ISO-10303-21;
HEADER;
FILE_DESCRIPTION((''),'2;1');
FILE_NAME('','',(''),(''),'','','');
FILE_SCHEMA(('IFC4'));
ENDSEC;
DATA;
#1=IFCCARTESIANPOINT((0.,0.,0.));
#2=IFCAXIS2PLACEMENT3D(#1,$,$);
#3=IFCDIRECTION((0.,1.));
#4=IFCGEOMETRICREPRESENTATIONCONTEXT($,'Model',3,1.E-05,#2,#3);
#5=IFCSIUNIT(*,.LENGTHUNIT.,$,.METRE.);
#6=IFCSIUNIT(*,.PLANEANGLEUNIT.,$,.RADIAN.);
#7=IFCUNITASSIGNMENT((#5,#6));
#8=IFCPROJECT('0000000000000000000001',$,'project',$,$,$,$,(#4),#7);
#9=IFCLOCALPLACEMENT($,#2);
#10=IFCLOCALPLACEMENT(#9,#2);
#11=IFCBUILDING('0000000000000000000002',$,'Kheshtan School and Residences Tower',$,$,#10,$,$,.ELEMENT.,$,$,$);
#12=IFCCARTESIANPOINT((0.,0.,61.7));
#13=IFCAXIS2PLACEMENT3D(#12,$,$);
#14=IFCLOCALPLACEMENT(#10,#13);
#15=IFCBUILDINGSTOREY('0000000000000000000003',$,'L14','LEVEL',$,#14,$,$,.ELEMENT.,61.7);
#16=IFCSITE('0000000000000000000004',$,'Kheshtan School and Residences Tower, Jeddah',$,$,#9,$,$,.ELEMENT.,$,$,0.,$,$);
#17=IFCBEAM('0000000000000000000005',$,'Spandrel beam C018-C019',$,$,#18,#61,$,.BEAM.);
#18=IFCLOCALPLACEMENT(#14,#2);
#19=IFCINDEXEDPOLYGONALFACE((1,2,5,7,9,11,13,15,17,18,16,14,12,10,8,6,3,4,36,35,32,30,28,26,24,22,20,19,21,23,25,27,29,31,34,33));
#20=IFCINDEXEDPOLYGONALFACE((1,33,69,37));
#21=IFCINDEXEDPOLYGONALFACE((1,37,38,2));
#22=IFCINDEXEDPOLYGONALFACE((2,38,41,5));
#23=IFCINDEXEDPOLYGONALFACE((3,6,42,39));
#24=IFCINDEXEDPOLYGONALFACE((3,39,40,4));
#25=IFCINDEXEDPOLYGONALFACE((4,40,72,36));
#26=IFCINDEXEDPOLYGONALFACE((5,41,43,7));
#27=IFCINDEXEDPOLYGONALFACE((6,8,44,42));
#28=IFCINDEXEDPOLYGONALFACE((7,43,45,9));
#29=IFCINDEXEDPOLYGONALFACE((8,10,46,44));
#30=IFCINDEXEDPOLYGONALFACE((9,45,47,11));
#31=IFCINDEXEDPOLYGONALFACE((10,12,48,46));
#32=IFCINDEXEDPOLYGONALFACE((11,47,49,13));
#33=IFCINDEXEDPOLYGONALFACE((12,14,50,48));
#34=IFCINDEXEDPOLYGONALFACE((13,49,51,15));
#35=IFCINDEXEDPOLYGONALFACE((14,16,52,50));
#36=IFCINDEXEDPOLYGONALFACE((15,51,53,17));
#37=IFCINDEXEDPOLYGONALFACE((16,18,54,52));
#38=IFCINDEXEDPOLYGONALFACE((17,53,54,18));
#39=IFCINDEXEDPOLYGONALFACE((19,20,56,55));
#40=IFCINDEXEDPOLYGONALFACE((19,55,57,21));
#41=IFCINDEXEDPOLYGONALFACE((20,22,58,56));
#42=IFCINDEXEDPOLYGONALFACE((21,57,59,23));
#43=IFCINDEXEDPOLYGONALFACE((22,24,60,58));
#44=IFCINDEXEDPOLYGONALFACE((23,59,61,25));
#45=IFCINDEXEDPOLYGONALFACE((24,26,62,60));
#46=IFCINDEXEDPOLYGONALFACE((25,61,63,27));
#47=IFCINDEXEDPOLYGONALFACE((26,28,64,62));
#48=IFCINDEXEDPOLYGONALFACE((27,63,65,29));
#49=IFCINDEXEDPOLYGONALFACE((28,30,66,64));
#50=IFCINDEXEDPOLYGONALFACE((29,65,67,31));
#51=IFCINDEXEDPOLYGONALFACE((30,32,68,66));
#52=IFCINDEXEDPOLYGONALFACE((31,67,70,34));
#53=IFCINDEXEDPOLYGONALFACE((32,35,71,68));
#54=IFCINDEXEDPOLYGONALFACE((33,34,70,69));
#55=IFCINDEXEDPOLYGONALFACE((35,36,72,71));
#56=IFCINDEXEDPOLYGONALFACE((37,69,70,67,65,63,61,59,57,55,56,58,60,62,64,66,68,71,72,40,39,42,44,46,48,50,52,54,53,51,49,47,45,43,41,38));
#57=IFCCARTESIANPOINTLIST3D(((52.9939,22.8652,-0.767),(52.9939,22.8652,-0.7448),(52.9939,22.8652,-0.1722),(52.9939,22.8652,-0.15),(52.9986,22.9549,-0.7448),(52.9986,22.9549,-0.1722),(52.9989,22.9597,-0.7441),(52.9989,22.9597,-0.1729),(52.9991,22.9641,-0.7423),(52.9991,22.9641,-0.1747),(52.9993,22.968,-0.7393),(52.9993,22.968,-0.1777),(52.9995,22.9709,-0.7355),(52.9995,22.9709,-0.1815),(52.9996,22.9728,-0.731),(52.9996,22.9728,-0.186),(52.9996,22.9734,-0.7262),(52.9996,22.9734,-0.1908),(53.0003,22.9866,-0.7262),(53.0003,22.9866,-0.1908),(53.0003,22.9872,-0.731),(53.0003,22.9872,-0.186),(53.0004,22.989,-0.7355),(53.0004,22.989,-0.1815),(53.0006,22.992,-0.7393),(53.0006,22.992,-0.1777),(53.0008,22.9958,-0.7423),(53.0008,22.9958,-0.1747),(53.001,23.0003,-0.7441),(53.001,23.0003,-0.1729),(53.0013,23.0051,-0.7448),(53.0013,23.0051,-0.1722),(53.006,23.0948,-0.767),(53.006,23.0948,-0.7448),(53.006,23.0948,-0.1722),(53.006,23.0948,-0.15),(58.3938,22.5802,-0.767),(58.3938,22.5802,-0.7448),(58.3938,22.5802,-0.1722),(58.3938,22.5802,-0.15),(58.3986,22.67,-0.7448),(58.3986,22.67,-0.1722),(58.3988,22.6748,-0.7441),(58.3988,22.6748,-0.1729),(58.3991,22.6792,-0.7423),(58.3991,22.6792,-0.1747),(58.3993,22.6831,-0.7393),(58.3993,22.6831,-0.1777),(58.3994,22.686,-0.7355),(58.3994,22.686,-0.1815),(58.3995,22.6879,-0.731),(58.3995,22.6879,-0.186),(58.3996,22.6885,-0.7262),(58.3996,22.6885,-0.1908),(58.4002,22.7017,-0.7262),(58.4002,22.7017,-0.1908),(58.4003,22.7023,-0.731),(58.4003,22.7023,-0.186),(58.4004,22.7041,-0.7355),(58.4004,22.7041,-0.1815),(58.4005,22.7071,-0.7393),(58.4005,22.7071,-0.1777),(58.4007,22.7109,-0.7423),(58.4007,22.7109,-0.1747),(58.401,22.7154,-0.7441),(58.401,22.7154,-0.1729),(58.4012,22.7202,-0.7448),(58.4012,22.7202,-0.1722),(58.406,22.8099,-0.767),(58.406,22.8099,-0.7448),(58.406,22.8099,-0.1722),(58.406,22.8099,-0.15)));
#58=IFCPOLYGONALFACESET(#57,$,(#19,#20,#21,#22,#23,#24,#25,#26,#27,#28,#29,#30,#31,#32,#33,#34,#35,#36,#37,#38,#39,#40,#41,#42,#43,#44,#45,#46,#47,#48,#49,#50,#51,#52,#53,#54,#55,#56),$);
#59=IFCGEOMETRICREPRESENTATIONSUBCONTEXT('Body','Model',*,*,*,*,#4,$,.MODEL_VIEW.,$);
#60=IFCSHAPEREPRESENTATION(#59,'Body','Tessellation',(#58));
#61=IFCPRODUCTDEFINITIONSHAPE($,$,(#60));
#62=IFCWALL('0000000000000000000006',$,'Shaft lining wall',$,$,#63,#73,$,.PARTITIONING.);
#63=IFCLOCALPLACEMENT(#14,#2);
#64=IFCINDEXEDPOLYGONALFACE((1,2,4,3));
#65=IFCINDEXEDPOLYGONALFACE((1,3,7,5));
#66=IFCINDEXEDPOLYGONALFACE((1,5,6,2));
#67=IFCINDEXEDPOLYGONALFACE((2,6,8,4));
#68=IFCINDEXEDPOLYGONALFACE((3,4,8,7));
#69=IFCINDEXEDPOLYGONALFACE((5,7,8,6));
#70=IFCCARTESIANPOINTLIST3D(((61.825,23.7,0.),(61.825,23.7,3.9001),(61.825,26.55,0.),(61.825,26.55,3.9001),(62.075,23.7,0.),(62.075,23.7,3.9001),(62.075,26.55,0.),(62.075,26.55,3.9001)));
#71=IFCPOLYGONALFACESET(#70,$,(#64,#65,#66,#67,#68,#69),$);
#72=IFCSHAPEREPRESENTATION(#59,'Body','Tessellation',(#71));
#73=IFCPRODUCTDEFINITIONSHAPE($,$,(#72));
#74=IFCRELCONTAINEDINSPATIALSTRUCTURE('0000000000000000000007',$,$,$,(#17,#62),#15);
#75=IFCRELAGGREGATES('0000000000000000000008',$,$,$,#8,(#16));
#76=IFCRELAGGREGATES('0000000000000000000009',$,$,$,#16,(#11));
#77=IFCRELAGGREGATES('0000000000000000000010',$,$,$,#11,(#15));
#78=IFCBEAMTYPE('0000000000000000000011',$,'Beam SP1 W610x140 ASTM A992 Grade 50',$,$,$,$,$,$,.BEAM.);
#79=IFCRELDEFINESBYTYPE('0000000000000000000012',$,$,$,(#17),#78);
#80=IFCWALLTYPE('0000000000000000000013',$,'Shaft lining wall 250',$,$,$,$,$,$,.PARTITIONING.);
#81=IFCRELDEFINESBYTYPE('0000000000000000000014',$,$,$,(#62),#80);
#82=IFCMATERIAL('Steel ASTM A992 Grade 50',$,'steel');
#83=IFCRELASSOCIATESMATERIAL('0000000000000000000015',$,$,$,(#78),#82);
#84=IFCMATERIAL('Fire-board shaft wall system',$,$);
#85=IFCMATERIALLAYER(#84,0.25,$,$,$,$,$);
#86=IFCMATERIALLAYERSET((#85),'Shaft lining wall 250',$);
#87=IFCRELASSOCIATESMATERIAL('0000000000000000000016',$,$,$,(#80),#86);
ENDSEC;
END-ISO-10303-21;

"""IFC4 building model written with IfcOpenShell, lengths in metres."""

from ifc_helpers import new_model, si_unit, direction, frame, frame_2d, origin, origin_2d, place, context, subcontext, project, spatial, rectangle, i_section, extrude, material, layer, layer_set, material_profile, profile_set, type_object, element, save


model = new_model("IFC4")

# Units and contexts
model_context = context("Model", 3, precision=1e-05, world=origin(), true_north=direction((0.0, 1.0)))
body_context = subcontext(model_context, "Body", "Model", "MODEL_VIEW")
ifc_project = project(units=[si_unit("LENGTHUNIT", "METRE"), si_unit("PLANEANGLEUNIT", "RADIAN")], contexts=[model_context])

# Site, building, storey
site_placement = place(None, origin())
site = spatial("IfcSite", under=ifc_project, at=site_placement, Name="Kheshtan School and Residences Tower, Jeddah", CompositionType="ELEMENT", RefElevation=0.0)
building_placement = place(site_placement, origin())
building = spatial("IfcBuilding", under=site, at=building_placement, Name="Kheshtan School and Residences Tower", CompositionType="ELEMENT")
storey_placement = place(building_placement, frame((0.0, 0.0, 61.7)))
storey = spatial("IfcBuildingStorey", under=building, at=storey_placement, Name="L14", Description="LEVEL", CompositionType="ELEMENT", Elevation=61.7)

# Shared definitions
ifc_material_1 = material(Name="Steel ASTM A992 Grade 50", Category="steel")

# Beam
ifc_material_profile_1 = material_profile(ifc_material_1, i_section(OverallWidth=0.23, OverallDepth=0.6169, WebThickness=0.0132, FlangeThickness=0.0222, FilletRadius=0.0186, at=origin_2d()), Name="W610x140")
ifc_profile_set_1 = profile_set([ifc_material_profile_1], Name="Steel ASTM A992 Grade 50")
beam_type_1 = type_object("IfcBeamType", Name="Beam SP1 W610x140 ASTM A992 Grade 50", PredefinedType="BEAM", material=ifc_profile_set_1)
beam_1_placement = place(storey_placement, frame((58.3999, 22.6951, -0.4585), z_axis=(-0.998611, 0.052689, 0.0), x_axis=(-0.052689, -0.998611, 0.0)))
element("IfcBeam", 1, at=beam_1_placement, inside=storey, type_object=beam_type_1, Name="Spandrel beam C018-C019", PredefinedType="BEAM", context=body_context, shape_type="SweptSolid", body=[
    extrude(i_section(OverallWidth=0.23, OverallDepth=0.6169, WebThickness=0.0132, FlangeThickness=0.0222, FilletRadius=0.0186, at=origin_2d()), origin(), (0.0, 0.0, 1.0), 5.4075),
])

# Wall
ifc_material_2 = material(Name="Fire-board shaft wall system")
ifc_layer = layer(ifc_material_2, 0.25)
ifc_layer_set = layer_set([ifc_layer], Name="Shaft lining wall 250")
wall_type = type_object("IfcWallType", Name="Shaft lining wall 250", PredefinedType="PARTITIONING", material=ifc_layer_set)
wall_placement = place(storey_placement, frame((61.95, 23.7, 0.0), z_axis=(0.0, 0.0, 1.0), x_axis=(0.0, 1.0, 0.0)))
element("IfcWall", 2, at=wall_placement, inside=storey, type_object=wall_type, Name="Shaft lining wall", PredefinedType="PARTITIONING", context=body_context, shape_type="SweptSolid", body=[
    extrude(rectangle(XDim=2.8501, YDim=0.25, at=frame_2d((1.425, 0.0))), origin(), (0.0, 0.0, 1.0), 3.9001),
])

save(model, "model.ifc")
